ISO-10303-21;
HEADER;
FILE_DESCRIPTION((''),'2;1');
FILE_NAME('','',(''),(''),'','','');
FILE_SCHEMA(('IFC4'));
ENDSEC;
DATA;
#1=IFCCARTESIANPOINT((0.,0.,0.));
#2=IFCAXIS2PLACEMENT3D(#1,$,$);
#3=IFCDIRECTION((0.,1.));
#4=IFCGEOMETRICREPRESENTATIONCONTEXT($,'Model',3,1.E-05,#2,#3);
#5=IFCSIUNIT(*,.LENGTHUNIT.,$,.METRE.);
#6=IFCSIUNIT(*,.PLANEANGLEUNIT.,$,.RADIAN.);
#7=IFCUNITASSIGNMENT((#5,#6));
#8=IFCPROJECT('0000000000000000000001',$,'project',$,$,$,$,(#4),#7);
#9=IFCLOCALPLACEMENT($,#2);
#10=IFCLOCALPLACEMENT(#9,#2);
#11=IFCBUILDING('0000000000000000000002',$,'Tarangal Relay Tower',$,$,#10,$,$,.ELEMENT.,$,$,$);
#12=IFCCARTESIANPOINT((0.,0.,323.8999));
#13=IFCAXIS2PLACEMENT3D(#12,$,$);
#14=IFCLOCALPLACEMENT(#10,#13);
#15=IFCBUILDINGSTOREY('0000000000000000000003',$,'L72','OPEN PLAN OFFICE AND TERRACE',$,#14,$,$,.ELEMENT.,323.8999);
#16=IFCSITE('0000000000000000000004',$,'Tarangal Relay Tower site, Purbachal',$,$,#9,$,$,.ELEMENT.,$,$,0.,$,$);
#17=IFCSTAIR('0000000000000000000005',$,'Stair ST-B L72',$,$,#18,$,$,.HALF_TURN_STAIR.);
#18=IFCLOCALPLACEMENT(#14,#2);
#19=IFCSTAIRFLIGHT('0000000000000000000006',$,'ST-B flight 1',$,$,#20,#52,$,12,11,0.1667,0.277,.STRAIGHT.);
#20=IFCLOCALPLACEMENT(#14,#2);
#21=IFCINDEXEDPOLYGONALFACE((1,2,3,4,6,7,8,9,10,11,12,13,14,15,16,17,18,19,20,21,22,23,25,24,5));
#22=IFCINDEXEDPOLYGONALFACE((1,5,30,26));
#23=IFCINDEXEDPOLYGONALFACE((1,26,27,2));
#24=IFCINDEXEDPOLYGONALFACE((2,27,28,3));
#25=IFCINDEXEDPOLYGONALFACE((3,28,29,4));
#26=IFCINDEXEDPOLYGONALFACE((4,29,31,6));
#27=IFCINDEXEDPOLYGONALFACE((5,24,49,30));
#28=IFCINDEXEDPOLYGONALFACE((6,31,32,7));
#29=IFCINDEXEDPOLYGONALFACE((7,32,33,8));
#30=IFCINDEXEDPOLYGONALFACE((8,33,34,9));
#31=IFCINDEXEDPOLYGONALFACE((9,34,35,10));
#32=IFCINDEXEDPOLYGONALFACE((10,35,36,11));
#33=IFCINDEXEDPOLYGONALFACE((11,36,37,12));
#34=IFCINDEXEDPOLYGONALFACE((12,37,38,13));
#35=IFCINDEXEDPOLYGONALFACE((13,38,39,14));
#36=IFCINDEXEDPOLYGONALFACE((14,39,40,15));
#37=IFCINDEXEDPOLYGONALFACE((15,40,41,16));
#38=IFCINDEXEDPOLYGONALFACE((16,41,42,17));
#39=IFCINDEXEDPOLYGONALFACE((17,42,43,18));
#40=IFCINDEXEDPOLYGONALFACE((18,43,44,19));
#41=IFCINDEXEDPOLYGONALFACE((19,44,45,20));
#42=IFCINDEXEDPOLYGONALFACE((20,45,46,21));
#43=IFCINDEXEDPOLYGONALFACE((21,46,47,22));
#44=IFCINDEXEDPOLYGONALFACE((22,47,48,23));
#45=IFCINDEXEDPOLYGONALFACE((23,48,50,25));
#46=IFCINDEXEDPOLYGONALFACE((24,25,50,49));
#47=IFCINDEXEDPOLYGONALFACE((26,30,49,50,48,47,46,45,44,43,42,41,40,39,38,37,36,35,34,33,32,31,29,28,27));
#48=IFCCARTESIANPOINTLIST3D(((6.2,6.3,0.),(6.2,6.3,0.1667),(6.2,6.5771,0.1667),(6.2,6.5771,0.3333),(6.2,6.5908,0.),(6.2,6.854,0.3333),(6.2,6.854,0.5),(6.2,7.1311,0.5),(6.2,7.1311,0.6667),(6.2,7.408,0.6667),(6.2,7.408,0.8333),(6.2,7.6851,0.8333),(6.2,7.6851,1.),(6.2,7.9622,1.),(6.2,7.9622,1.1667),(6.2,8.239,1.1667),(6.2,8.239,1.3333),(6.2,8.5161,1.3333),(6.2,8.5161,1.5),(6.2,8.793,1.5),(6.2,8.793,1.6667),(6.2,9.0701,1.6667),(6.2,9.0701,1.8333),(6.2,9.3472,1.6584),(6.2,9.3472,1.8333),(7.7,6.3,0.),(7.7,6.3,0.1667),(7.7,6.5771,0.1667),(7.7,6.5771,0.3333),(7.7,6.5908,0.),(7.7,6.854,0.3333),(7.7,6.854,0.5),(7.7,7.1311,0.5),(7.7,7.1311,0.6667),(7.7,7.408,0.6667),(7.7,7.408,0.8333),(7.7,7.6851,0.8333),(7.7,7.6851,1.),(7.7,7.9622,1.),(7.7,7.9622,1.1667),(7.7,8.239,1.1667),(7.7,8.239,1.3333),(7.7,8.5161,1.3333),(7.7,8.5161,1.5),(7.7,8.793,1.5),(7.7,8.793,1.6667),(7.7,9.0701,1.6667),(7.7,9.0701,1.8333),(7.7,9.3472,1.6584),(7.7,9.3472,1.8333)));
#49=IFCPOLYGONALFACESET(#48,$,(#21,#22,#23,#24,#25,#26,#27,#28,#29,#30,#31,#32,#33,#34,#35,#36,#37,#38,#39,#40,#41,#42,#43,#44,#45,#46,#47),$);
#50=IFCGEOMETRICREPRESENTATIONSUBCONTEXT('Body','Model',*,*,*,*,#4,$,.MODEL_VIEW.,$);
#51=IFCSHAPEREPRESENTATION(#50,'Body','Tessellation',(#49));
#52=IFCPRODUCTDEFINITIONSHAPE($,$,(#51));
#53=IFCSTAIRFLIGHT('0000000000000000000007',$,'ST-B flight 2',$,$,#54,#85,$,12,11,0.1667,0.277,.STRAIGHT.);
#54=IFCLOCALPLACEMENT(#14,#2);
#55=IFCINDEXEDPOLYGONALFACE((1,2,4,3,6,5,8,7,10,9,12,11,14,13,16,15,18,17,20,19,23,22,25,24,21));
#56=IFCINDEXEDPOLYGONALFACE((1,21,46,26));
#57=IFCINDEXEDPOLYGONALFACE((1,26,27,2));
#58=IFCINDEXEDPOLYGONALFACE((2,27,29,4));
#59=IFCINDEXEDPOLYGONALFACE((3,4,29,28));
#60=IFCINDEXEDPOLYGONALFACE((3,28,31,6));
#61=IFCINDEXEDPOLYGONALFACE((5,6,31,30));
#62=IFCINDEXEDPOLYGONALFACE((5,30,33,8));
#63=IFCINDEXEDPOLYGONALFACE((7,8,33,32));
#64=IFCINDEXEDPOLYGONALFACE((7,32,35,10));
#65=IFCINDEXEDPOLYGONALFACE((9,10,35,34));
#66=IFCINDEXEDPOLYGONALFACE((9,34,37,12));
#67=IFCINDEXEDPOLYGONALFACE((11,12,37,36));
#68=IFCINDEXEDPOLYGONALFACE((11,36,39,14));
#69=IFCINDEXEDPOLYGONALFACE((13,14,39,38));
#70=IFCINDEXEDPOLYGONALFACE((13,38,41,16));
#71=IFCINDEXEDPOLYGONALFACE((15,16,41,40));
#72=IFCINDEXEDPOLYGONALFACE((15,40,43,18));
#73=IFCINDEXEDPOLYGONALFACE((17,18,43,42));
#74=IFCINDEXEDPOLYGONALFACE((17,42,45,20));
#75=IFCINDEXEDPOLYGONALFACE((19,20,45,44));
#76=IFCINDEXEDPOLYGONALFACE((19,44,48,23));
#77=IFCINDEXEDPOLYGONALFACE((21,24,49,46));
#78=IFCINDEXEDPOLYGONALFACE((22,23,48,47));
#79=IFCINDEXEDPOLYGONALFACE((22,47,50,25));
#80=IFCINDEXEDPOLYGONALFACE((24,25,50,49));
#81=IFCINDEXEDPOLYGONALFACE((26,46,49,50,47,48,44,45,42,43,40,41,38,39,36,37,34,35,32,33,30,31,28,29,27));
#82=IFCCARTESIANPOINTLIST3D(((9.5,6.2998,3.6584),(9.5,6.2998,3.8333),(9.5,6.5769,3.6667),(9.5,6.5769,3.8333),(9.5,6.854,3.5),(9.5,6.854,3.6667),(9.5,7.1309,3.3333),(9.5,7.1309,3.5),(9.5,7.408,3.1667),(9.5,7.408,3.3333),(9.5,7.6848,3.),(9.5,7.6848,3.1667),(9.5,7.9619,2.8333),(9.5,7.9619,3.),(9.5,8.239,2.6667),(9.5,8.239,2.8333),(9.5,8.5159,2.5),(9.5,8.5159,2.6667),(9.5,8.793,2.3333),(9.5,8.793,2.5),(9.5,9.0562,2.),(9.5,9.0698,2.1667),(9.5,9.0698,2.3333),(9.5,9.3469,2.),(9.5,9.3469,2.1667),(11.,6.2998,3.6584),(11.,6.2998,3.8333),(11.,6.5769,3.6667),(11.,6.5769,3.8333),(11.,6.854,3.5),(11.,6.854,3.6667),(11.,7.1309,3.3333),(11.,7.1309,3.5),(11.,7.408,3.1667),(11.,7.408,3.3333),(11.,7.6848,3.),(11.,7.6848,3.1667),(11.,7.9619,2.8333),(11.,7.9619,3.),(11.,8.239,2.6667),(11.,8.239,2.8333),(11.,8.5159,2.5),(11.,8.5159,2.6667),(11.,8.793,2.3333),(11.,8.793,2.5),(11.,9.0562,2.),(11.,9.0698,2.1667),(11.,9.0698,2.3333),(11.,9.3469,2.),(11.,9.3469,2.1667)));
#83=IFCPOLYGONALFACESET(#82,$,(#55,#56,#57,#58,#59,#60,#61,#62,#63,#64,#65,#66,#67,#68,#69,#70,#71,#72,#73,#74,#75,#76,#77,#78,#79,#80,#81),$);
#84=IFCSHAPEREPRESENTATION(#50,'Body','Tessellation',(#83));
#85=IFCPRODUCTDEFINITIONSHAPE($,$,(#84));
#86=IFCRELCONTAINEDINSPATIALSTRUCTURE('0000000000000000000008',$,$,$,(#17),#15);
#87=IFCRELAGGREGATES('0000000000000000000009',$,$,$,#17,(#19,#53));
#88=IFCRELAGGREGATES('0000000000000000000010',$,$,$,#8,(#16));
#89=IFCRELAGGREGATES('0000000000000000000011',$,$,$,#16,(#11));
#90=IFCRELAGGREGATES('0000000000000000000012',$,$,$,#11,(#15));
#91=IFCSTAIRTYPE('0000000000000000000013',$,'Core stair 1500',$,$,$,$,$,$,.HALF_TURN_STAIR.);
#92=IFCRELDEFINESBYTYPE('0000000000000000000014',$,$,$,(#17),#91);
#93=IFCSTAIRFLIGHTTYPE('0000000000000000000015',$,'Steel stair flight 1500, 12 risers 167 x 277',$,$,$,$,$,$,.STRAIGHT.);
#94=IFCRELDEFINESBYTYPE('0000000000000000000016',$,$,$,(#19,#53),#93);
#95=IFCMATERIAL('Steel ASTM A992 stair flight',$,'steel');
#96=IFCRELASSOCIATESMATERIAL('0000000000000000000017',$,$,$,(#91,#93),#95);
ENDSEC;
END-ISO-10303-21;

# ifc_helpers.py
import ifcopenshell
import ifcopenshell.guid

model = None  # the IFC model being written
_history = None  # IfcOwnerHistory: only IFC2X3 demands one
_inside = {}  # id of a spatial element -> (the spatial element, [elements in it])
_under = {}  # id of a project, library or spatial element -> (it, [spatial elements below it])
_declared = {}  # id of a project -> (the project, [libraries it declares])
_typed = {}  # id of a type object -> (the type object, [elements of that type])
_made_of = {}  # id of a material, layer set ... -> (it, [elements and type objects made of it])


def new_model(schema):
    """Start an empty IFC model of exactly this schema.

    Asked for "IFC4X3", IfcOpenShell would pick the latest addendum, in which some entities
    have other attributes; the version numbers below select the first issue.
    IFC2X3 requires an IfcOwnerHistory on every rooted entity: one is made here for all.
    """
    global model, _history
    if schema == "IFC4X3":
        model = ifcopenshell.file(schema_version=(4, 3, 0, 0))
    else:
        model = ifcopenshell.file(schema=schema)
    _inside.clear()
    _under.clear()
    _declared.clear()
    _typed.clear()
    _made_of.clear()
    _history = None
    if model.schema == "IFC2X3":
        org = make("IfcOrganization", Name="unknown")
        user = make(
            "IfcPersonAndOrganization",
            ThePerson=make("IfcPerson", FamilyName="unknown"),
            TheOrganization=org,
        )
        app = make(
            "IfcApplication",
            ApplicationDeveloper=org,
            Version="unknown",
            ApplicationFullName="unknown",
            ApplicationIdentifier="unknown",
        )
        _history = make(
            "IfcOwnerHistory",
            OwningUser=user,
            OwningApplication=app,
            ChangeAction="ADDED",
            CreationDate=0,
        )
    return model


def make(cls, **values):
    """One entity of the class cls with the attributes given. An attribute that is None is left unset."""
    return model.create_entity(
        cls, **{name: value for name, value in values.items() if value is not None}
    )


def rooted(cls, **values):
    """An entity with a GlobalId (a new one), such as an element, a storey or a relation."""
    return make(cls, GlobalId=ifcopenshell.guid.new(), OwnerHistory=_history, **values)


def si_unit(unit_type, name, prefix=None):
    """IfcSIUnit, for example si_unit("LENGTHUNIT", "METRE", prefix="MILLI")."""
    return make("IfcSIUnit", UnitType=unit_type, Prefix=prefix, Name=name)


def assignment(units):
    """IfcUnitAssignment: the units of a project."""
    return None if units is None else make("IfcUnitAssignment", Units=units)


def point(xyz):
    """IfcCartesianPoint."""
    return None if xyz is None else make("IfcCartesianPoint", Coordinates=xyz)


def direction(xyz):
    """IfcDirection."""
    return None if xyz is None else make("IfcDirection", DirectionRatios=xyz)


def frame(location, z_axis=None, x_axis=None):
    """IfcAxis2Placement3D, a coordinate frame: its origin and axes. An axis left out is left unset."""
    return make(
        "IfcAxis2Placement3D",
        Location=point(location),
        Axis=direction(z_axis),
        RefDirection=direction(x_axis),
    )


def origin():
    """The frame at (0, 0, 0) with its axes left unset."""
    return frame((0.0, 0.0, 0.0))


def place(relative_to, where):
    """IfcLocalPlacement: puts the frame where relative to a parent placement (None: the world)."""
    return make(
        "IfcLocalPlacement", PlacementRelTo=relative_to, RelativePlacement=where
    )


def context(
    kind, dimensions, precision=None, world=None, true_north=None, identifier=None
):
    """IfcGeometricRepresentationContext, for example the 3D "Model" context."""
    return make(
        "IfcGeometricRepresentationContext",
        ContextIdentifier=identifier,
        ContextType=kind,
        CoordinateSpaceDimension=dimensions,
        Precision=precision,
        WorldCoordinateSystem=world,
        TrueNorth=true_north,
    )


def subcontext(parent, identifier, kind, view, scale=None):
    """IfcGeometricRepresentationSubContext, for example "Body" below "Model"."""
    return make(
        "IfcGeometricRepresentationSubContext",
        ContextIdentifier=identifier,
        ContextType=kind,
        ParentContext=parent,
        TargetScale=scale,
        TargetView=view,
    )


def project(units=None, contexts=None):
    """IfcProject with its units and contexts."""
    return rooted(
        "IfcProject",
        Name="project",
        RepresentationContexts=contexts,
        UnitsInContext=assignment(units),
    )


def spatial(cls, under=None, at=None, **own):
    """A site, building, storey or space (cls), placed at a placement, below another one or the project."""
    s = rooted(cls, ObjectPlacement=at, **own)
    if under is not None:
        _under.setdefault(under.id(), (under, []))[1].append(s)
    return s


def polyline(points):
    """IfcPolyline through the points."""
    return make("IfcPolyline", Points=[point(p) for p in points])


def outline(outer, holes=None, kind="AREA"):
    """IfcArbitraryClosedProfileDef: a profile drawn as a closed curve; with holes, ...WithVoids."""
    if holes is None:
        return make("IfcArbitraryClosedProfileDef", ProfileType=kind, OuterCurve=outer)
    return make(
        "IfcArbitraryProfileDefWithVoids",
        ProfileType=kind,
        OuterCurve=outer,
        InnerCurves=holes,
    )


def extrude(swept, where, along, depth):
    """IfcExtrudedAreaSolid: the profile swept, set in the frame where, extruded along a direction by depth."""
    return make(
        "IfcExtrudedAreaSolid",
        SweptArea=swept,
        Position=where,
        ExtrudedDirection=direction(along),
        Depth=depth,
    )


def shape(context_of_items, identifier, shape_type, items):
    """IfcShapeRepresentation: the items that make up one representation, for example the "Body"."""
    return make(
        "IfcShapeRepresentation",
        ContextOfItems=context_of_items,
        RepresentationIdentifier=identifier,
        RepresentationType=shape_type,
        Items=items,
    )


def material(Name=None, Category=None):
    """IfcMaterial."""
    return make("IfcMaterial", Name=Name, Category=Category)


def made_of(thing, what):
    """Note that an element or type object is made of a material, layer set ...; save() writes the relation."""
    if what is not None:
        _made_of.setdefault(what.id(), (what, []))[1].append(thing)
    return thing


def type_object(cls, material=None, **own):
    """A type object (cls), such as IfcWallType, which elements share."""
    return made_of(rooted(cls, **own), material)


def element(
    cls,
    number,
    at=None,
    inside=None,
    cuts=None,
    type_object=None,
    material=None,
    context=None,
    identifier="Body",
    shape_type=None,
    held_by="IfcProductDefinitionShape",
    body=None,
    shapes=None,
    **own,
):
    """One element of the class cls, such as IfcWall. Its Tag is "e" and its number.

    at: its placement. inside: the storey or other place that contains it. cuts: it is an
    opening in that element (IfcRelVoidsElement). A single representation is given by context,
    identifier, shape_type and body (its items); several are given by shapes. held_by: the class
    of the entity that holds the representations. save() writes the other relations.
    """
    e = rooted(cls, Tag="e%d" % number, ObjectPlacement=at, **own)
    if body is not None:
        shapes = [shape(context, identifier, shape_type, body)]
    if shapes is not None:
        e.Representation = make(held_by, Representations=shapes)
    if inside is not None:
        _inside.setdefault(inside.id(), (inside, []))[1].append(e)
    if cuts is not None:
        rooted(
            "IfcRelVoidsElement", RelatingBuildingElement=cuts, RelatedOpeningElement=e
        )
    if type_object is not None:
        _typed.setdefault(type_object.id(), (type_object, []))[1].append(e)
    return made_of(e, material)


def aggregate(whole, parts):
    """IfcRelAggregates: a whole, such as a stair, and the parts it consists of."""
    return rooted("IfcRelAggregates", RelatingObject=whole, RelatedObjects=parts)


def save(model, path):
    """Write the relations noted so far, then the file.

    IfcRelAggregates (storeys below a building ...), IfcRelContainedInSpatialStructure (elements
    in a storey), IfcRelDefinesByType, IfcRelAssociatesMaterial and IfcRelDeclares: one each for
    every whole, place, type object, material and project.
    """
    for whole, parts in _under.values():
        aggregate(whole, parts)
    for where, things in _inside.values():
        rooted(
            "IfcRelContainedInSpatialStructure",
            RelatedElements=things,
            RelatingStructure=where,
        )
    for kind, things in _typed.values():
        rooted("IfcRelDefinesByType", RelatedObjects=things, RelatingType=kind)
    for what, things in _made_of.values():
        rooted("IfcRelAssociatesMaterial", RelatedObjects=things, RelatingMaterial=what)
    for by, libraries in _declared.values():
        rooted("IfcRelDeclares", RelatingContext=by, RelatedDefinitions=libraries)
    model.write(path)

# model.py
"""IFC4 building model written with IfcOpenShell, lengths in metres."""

from ifc_helpers import new_model, si_unit, direction, frame, origin, place, context, subcontext, project, spatial, polyline, outline, extrude, material, type_object, element, aggregate, save


model = new_model("IFC4")

# Units and contexts
model_context = context("Model", 3, precision=1e-05, world=origin(), true_north=direction((0.0, 1.0)))
body_context = subcontext(model_context, "Body", "Model", "MODEL_VIEW")
ifc_project = project(units=[si_unit("LENGTHUNIT", "METRE"), si_unit("PLANEANGLEUNIT", "RADIAN")], contexts=[model_context])

# Site, building, storey
site_placement = place(None, origin())
site = spatial("IfcSite", under=ifc_project, at=site_placement, Name="Tarangal Relay Tower site, Purbachal", CompositionType="ELEMENT", RefElevation=0.0)
building_placement = place(site_placement, origin())
building = spatial("IfcBuilding", under=site, at=building_placement, Name="Tarangal Relay Tower", CompositionType="ELEMENT")
storey_placement = place(building_placement, frame((0.0, 0.0, 323.8999)))
storey = spatial("IfcBuildingStorey", under=building, at=storey_placement, Name="L72", Description="OPEN PLAN OFFICE AND TERRACE", CompositionType="ELEMENT", Elevation=323.8999)

# Stair
ifc_material_1 = material(Name="Steel ASTM A992 stair flight", Category="steel")
stair_type = type_object("IfcStairType", Name="Core stair 1500", PredefinedType="HALF_TURN_STAIR", material=ifc_material_1)
stair_1_placement = place(storey_placement, origin())
stair_1 = element("IfcStair", 1, at=stair_1_placement, inside=storey, type_object=stair_type, Name="Stair ST-B L72", PredefinedType="HALF_TURN_STAIR")

# Stair flights
stair_flight_type = type_object("IfcStairFlightType", Name="Steel stair flight 1500, 12 risers 167 x 277", PredefinedType="STRAIGHT", material=ifc_material_1)
stair_flight_1_placement = place(storey_placement, frame((6.95, 6.3, 0.0), z_axis=(0.0, 0.0, 1.0), x_axis=(0.0, 1.0, 0.0)))
stair_flight_1 = element("IfcStairFlight", 2, at=stair_flight_1_placement, type_object=stair_flight_type, Name="ST-B flight 1", NumberOfRisers=12, NumberOfTreads=11, PredefinedType="STRAIGHT", RiserHeight=0.1667, TreadLength=0.277, context=body_context, shape_type="SweptSolid", body=[
    extrude(outline(polyline([(0.0, 0.0), (0.0, 0.1667), (0.2771, 0.1667), (0.2771, 0.3333), (0.554, 0.3333), (0.554, 0.5), (0.8311, 0.5), (0.8311, 0.6667), (1.1079, 0.6667), (1.1079, 0.8333), (1.385, 0.8333), (1.385, 1.0), (1.6621, 1.0), (1.6621, 1.1667), (1.939, 1.1667), (1.939, 1.3333), (2.2161, 1.3333), (2.2161, 1.5), (2.4929, 1.5), (2.4929, 1.6667), (2.77, 1.6667), (2.77, 1.8333), (3.0471, 1.8333), (3.0471, 2.0), (3.0471, 1.6584), (0.2908, 0.0), (0.0, 0.0)])), frame((0.0, 0.75, 0.0), z_axis=(0.0, -1.0, 0.0), x_axis=(1.0, 0.0, 0.0)), (0.0, 0.0, 1.0), 1.5),
])
stair_flight_2_placement = place(storey_placement, frame((10.25, 9.3469, 2.0), z_axis=(0.0, 0.0, 1.0), x_axis=(0.0, -1.0, 0.0)))
stair_flight_2 = element("IfcStairFlight", 3, at=stair_flight_2_placement, type_object=stair_flight_type, Name="ST-B flight 2", NumberOfRisers=12, NumberOfTreads=11, PredefinedType="STRAIGHT", RiserHeight=0.1667, TreadLength=0.277, context=body_context, shape_type="SweptSolid", body=[
    extrude(outline(polyline([(0.0, 0.0), (0.0, 0.1667), (0.2771, 0.1667), (0.2771, 0.3333), (0.554, 0.3333), (0.554, 0.5), (0.8311, 0.5), (0.8311, 0.6667), (1.1079, 0.6667), (1.1079, 0.8333), (1.385, 0.8333), (1.385, 1.0), (1.6621, 1.0), (1.6621, 1.1667), (1.939, 1.1667), (1.939, 1.3333), (2.2161, 1.3333), (2.2161, 1.5), (2.4929, 1.5), (2.4929, 1.6667), (2.77, 1.6667), (2.77, 1.8333), (3.0471, 1.8333), (3.0471, 2.0), (3.0471, 1.6584), (0.2908, 0.0), (0.0, 0.0)])), frame((0.0, 0.75, 0.0), z_axis=(0.0, -1.0, 0.0), x_axis=(1.0, 0.0, 0.0)), (0.0, 0.0, 1.0), 1.5),
])
aggregate(stair_1, [stair_flight_1, stair_flight_2])

save(model, "model.ifc")
